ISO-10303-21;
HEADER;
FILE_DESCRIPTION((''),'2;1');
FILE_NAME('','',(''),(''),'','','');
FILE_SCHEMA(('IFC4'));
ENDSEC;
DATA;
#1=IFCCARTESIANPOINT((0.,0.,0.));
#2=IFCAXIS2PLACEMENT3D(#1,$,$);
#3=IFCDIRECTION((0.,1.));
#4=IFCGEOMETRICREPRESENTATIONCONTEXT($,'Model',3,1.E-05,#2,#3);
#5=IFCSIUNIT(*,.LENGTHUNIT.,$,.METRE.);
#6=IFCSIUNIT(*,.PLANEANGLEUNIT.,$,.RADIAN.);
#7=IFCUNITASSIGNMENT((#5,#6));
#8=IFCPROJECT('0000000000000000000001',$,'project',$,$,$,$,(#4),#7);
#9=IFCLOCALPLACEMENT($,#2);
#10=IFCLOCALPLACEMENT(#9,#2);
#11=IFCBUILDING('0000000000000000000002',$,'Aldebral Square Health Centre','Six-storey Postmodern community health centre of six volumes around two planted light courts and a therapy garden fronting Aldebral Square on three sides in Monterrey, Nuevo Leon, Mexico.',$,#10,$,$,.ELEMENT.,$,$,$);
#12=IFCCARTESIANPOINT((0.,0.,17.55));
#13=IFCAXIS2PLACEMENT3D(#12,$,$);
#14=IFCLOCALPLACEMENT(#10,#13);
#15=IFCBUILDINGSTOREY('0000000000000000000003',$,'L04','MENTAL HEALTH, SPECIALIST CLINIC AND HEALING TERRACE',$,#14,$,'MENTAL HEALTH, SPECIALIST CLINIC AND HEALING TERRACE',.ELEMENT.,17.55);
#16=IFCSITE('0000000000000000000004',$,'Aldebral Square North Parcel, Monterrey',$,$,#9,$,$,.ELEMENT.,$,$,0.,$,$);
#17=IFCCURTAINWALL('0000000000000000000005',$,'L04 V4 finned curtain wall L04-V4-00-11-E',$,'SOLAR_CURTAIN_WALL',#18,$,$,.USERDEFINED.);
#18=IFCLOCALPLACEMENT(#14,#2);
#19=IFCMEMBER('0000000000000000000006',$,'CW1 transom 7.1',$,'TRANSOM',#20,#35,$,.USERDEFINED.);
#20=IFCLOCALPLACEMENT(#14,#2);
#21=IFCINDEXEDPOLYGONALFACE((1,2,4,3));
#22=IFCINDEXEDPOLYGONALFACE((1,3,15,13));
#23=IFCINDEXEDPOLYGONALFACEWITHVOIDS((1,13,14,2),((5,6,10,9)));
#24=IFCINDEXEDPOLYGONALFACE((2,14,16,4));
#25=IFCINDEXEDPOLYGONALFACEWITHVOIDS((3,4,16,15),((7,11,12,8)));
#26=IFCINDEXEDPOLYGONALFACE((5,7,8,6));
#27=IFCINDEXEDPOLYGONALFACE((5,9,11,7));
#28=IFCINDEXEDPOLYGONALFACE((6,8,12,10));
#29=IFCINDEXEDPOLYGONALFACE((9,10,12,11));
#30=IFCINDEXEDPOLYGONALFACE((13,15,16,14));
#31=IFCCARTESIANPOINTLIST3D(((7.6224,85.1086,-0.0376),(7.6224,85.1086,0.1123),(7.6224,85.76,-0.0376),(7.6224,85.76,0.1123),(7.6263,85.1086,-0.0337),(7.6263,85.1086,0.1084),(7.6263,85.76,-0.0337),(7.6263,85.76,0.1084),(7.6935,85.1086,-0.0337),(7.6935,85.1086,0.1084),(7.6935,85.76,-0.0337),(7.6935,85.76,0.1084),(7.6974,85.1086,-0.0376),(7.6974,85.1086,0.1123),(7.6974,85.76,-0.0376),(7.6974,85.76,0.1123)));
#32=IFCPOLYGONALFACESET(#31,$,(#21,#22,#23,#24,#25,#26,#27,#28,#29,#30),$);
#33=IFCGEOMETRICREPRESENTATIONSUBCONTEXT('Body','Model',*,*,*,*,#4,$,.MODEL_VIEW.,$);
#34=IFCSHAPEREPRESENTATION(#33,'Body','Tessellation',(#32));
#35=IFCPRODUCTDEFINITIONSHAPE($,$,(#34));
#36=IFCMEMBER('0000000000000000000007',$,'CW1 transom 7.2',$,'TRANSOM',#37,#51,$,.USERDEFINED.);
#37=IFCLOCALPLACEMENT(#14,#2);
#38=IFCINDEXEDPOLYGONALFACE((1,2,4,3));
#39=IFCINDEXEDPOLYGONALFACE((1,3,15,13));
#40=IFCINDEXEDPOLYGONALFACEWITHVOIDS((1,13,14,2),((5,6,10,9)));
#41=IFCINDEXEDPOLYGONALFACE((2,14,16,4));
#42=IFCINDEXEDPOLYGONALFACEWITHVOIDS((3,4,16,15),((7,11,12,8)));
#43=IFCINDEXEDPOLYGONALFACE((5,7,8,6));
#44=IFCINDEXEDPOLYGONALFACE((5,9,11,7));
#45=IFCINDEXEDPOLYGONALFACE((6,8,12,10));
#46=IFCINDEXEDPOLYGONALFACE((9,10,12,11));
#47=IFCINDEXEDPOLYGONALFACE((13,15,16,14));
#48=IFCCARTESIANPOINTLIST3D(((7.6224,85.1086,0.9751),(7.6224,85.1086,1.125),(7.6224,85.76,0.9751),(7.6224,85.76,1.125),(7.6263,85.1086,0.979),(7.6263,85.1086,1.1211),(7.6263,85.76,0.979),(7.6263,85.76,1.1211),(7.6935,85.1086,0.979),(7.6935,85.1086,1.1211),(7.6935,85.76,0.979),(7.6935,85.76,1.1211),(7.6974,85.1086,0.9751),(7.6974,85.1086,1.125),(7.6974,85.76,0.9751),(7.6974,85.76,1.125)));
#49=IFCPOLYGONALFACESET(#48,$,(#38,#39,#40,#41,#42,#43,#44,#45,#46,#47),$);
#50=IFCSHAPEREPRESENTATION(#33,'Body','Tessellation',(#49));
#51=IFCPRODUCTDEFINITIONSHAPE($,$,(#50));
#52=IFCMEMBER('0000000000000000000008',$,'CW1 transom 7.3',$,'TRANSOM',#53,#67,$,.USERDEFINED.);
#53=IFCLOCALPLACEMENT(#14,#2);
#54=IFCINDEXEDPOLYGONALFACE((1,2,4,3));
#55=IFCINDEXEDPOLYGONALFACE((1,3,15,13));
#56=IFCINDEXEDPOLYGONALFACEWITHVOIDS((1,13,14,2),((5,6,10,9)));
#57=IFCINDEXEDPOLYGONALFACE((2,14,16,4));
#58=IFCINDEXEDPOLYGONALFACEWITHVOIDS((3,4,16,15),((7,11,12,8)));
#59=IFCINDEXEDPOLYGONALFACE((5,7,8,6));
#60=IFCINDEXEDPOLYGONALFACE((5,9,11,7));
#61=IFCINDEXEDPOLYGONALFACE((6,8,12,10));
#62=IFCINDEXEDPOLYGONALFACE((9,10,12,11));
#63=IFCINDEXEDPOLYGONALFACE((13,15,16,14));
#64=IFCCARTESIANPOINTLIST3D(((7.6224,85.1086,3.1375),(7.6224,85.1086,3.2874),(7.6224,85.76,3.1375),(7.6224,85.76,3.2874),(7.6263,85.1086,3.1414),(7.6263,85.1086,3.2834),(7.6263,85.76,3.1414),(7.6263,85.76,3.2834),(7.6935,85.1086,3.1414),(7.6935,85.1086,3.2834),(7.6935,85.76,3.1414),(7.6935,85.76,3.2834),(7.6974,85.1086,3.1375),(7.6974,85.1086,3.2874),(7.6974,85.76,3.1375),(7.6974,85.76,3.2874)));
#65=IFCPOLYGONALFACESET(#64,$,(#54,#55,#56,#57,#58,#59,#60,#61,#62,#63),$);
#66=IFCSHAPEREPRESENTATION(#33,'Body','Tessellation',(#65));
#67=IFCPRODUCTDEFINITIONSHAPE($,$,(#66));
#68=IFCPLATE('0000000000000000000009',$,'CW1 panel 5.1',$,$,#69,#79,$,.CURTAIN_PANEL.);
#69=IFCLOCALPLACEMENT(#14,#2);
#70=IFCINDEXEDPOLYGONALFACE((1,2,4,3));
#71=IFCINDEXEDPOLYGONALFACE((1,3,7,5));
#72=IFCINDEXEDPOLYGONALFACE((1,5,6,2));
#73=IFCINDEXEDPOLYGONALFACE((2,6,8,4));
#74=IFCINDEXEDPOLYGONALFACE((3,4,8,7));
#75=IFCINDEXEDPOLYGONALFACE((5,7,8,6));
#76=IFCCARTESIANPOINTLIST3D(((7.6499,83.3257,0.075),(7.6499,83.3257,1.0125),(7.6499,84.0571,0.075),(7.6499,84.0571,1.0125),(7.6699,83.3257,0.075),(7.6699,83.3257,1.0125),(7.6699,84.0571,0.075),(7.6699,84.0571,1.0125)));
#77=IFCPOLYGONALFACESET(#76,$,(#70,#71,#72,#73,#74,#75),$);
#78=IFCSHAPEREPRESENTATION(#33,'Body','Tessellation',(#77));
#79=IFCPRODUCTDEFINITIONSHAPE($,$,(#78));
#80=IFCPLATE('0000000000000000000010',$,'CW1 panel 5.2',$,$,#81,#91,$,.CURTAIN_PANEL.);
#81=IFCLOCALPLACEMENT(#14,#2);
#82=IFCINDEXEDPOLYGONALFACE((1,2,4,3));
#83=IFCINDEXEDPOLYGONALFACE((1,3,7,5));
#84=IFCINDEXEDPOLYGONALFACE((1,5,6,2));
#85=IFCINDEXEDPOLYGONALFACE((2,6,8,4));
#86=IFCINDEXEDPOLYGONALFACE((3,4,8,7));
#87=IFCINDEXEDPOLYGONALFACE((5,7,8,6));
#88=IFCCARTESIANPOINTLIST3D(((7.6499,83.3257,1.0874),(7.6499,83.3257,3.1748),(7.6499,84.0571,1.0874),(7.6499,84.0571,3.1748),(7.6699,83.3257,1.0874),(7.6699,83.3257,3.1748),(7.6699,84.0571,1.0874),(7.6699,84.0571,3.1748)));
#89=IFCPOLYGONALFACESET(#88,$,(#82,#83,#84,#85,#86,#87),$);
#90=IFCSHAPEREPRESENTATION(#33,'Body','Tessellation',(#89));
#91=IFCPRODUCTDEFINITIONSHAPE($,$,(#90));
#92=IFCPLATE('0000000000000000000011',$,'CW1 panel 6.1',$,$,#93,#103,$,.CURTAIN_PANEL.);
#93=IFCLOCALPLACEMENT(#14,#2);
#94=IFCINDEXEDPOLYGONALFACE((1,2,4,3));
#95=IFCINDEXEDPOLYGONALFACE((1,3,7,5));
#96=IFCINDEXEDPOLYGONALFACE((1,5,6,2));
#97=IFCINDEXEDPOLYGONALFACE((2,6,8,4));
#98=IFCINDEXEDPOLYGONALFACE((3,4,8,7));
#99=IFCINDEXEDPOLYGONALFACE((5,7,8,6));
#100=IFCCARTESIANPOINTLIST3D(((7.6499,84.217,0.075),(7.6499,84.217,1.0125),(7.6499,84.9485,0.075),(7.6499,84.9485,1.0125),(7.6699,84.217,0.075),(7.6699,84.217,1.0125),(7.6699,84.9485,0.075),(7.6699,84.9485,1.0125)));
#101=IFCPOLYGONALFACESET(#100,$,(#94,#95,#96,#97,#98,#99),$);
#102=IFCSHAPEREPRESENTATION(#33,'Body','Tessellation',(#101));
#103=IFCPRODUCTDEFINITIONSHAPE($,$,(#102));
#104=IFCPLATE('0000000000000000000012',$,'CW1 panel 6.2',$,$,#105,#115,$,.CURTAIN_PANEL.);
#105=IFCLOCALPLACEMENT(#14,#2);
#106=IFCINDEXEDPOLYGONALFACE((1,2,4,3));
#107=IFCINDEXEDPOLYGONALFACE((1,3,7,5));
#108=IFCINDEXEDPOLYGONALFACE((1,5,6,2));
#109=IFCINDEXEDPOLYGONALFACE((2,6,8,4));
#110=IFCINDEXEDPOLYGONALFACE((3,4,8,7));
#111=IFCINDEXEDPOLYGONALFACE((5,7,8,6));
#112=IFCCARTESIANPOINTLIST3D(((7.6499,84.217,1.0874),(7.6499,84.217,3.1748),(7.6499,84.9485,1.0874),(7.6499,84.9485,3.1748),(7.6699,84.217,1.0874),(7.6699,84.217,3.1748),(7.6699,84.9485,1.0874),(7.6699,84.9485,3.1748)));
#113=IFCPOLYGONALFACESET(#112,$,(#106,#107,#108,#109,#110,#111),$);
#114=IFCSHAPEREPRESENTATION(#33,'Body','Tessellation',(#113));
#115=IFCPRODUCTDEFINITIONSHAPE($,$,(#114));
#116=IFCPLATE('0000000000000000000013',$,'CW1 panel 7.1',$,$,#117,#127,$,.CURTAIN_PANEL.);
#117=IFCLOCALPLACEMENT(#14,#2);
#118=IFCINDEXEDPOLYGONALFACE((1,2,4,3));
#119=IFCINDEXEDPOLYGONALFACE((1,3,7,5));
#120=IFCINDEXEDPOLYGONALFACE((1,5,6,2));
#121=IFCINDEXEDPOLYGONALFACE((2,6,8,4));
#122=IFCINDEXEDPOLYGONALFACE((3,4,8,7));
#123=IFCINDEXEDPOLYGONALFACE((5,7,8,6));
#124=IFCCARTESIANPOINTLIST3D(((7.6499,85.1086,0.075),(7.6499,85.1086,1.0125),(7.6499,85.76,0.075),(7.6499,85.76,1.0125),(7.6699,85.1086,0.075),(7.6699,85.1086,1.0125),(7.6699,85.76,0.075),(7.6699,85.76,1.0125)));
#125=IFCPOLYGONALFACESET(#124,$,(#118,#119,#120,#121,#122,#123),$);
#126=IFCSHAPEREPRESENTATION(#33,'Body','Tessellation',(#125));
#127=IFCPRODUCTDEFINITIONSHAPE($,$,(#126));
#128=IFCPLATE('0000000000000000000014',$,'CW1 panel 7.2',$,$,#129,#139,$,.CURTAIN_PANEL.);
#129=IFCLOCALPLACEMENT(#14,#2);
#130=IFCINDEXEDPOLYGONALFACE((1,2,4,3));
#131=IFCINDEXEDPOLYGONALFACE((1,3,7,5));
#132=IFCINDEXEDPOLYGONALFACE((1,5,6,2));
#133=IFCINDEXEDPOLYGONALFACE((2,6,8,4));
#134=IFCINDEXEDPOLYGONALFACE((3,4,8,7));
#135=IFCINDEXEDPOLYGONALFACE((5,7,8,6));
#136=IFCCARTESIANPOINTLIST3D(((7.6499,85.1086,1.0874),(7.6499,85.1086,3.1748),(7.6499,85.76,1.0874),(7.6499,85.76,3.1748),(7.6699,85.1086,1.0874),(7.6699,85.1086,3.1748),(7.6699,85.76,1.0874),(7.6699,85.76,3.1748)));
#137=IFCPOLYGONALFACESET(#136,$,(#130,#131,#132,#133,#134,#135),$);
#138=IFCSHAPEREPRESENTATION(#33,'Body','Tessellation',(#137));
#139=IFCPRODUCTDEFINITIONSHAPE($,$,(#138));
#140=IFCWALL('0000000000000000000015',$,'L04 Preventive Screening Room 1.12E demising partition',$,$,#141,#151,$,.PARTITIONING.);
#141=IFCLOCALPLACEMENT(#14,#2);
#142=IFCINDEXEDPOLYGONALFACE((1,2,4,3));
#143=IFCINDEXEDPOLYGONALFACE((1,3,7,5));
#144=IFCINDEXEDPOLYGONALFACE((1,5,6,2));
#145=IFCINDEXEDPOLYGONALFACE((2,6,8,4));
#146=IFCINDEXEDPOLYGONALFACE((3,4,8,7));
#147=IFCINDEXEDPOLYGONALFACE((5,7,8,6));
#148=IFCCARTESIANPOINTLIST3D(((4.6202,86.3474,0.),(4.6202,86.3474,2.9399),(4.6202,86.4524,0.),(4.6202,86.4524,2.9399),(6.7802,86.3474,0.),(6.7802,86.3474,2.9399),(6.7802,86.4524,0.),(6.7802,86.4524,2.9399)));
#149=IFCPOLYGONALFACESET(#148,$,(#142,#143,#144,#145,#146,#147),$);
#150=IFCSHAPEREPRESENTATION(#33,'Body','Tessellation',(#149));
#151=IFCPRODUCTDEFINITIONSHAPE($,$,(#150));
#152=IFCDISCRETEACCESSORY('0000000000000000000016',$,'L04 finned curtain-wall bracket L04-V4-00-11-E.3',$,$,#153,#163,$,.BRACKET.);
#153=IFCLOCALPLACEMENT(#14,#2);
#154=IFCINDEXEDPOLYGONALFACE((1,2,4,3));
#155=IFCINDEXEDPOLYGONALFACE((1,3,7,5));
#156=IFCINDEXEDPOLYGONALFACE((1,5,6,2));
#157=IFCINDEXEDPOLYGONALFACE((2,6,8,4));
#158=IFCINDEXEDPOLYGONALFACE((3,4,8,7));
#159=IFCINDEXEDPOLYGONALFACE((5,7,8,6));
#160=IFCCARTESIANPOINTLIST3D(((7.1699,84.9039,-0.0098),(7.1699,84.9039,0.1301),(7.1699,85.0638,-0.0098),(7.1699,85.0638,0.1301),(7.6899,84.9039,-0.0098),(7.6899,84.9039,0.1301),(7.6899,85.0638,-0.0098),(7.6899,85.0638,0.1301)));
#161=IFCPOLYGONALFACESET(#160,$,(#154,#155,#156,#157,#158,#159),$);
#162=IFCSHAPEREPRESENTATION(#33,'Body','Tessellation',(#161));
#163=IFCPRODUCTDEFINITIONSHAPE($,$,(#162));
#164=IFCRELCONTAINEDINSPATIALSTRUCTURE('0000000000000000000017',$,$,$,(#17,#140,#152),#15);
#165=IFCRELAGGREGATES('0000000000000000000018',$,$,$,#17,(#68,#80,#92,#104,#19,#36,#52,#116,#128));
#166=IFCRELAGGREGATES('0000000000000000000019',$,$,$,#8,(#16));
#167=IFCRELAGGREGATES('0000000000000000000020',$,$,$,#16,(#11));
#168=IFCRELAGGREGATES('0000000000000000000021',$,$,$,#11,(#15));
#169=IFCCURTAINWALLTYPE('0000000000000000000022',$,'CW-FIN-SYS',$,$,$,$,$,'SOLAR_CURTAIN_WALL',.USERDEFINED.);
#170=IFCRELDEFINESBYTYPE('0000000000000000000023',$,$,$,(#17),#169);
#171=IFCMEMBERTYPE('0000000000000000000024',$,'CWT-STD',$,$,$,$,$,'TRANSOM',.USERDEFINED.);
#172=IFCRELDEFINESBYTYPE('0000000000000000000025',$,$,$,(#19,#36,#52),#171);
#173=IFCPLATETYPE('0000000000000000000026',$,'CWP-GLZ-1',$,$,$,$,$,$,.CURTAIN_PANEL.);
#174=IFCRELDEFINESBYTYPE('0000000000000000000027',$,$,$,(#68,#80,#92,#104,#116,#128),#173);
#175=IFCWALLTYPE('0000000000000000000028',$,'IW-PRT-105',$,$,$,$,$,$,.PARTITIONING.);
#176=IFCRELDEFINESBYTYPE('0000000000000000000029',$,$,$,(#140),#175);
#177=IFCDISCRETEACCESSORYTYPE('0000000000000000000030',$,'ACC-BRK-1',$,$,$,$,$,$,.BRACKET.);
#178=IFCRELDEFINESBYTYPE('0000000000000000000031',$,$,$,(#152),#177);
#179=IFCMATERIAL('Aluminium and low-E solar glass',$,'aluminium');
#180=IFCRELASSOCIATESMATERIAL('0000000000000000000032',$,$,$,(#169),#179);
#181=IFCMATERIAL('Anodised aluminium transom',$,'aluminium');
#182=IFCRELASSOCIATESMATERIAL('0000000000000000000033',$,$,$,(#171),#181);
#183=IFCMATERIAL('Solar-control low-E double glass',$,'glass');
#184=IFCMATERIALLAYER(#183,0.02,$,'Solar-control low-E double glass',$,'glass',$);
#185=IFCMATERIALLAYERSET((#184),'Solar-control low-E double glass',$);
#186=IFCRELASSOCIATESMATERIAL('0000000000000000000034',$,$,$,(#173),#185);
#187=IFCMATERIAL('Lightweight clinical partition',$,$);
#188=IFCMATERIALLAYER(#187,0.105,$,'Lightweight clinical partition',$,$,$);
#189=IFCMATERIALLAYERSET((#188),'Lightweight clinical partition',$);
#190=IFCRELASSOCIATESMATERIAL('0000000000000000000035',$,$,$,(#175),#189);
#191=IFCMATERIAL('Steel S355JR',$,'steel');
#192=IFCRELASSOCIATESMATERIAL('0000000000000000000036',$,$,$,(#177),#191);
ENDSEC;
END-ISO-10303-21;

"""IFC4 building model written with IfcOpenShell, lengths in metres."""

from ifc_helpers import new_model, si_unit, direction, frame, frame_2d, origin, origin_2d, place, context, subcontext, project, spatial, rectangle, hollow_rectangle, extrude, material, layer, layer_set, material_profile, profile_set, type_object, element, aggregate, save


model = new_model("IFC4")

# Units and contexts
model_context = context("Model", 3, precision=1e-05, world=origin(), true_north=direction((0.0, 1.0)))
body_context = subcontext(model_context, "Body", "Model", "MODEL_VIEW")
ifc_project = project(units=[si_unit("LENGTHUNIT", "METRE"), si_unit("PLANEANGLEUNIT", "RADIAN")], contexts=[model_context])

# Site, building, storey
site_placement = place(None, origin())
site = spatial("IfcSite", under=ifc_project, at=site_placement, Name="Aldebral Square North Parcel, Monterrey", CompositionType="ELEMENT", RefElevation=0.0)
building_placement = place(site_placement, origin())
building = spatial("IfcBuilding", under=site, at=building_placement, Name="Aldebral Square Health Centre", Description="Six-storey Postmodern community health centre of six volumes around two planted light courts and a therapy garden fronting Aldebral Square on three sides in Monterrey, Nuevo Leon, Mexico.", CompositionType="ELEMENT")
storey_placement = place(building_placement, frame((0.0, 0.0, 17.55)))
storey = spatial("IfcBuildingStorey", under=building, at=storey_placement, Name="L04", Description="MENTAL HEALTH, SPECIALIST CLINIC AND HEALING TERRACE", LongName="MENTAL HEALTH, SPECIALIST CLINIC AND HEALING TERRACE", CompositionType="ELEMENT", Elevation=17.55)

# Curtain wall, members, plates
ifc_material_1 = material(Name="Aluminium and low-E solar glass", Category="aluminium")
curtain_wall_type = type_object("IfcCurtainWallType", Name="CW-FIN-SYS", ElementType="SOLAR_CURTAIN_WALL", PredefinedType="USERDEFINED", material=ifc_material_1)
curtain_wall_placement = place(storey_placement, origin())
curtain_wall = element("IfcCurtainWall", 1, at=curtain_wall_placement, inside=storey, type_object=curtain_wall_type, Name="L04 V4 finned curtain wall L04-V4-00-11-E", ObjectType="SOLAR_CURTAIN_WALL", PredefinedType="USERDEFINED")
ifc_material_2 = material(Name="Anodised aluminium transom", Category="aluminium")
ifc_material_profile_1 = material_profile(ifc_material_2, hollow_rectangle(XDim=0.075, YDim=0.1499, WallThickness=0.0039, at=origin_2d()), Name="CWT 75x150x4")
ifc_profile_set_1 = profile_set([ifc_material_profile_1], Name="Anodised aluminium transom")
member_type_1 = type_object("IfcMemberType", Name="CWT-STD", ElementType="TRANSOM", PredefinedType="USERDEFINED", material=ifc_profile_set_1)
member_1_placement = place(storey_placement, frame((7.6599, 85.1086, 0.0374), z_axis=(0.0, 1.0, 0.0), x_axis=(-1.0, 0.0, 0.0)))
member_1 = element("IfcMember", 2, at=member_1_placement, type_object=member_type_1, Name="CW1 transom 7.1", ObjectType="TRANSOM", PredefinedType="USERDEFINED", context=body_context, shape_type="SweptSolid", body=[
    extrude(hollow_rectangle(XDim=0.075, YDim=0.1499, WallThickness=0.0039, at=origin_2d()), origin(), (0.0, 0.0, 1.0), 0.6514),
])
member_2_placement = place(storey_placement, frame((7.6599, 85.1086, 1.05), z_axis=(0.0, 1.0, 0.0), x_axis=(-1.0, 0.0, 0.0)))
member_2 = element("IfcMember", 3, at=member_2_placement, type_object=member_type_1, Name="CW1 transom 7.2", ObjectType="TRANSOM", PredefinedType="USERDEFINED", context=body_context, shape_type="SweptSolid", body=[
    extrude(hollow_rectangle(XDim=0.075, YDim=0.1499, WallThickness=0.0039, at=origin_2d()), origin(), (0.0, 0.0, 1.0), 0.6514),
])
member_3_placement = place(storey_placement, frame((7.6599, 85.1086, 3.2124), z_axis=(0.0, 1.0, 0.0), x_axis=(-1.0, 0.0, 0.0)))
member_3 = element("IfcMember", 4, at=member_3_placement, type_object=member_type_1, Name="CW1 transom 7.3", ObjectType="TRANSOM", PredefinedType="USERDEFINED", context=body_context, shape_type="SweptSolid", body=[
    extrude(hollow_rectangle(XDim=0.075, YDim=0.1499, WallThickness=0.0039, at=origin_2d()), origin(), (0.0, 0.0, 1.0), 0.6514),
])
ifc_material_3 = material(Name="Solar-control low-E double glass", Category="glass")
ifc_layer_1 = layer(ifc_material_3, 0.02, Name="Solar-control low-E double glass", Category="glass")
ifc_layer_set_1 = layer_set([ifc_layer_1], Name="Solar-control low-E double glass")
plate_type = type_object("IfcPlateType", Name="CWP-GLZ-1", PredefinedType="CURTAIN_PANEL", material=ifc_layer_set_1)
plate_1_placement = place(storey_placement, frame((7.6599, 83.6914, 0.075), z_axis=(0.0, 0.0, 1.0), x_axis=(0.0, 1.0, 0.0)))
plate_1 = element("IfcPlate", 5, at=plate_1_placement, type_object=plate_type, Name="CW1 panel 5.1", PredefinedType="CURTAIN_PANEL", context=body_context, shape_type="SweptSolid", body=[
    extrude(rectangle(XDim=0.7314, YDim=0.02, at=origin_2d()), origin(), (0.0, 0.0, 1.0), 0.9375),
])
plate_2_placement = place(storey_placement, frame((7.6599, 83.6914, 1.0874), z_axis=(0.0, 0.0, 1.0), x_axis=(0.0, 1.0, 0.0)))
plate_2 = element("IfcPlate", 6, at=plate_2_placement, type_object=plate_type, Name="CW1 panel 5.2", PredefinedType="CURTAIN_PANEL", context=body_context, shape_type="SweptSolid", body=[
    extrude(rectangle(XDim=0.7314, YDim=0.02, at=origin_2d()), origin(), (0.0, 0.0, 1.0), 2.0874),
])
plate_3_placement = place(storey_placement, frame((7.6599, 84.5828, 0.075), z_axis=(0.0, 0.0, 1.0), x_axis=(0.0, 1.0, 0.0)))
plate_3 = element("IfcPlate", 7, at=plate_3_placement, type_object=plate_type, Name="CW1 panel 6.1", PredefinedType="CURTAIN_PANEL", context=body_context, shape_type="SweptSolid", body=[
    extrude(rectangle(XDim=0.7314, YDim=0.02, at=origin_2d()), origin(), (0.0, 0.0, 1.0), 0.9375),
])
plate_4_placement = place(storey_placement, frame((7.6599, 84.5828, 1.0874), z_axis=(0.0, 0.0, 1.0), x_axis=(0.0, 1.0, 0.0)))
plate_4 = element("IfcPlate", 8, at=plate_4_placement, type_object=plate_type, Name="CW1 panel 6.2", PredefinedType="CURTAIN_PANEL", context=body_context, shape_type="SweptSolid", body=[
    extrude(rectangle(XDim=0.7314, YDim=0.02, at=origin_2d()), origin(), (0.0, 0.0, 1.0), 2.0874),
])
plate_5_placement = place(storey_placement, frame((7.6599, 85.4343, 0.075), z_axis=(0.0, 0.0, 1.0), x_axis=(0.0, 1.0, 0.0)))
plate_5 = element("IfcPlate", 9, at=plate_5_placement, type_object=plate_type, Name="CW1 panel 7.1", PredefinedType="CURTAIN_PANEL", context=body_context, shape_type="SweptSolid", body=[
    extrude(rectangle(XDim=0.6514, YDim=0.02, at=origin_2d()), origin(), (0.0, 0.0, 1.0), 0.9375),
])
plate_6_placement = place(storey_placement, frame((7.6599, 85.4343, 1.0874), z_axis=(0.0, 0.0, 1.0), x_axis=(0.0, 1.0, 0.0)))
plate_6 = element("IfcPlate", 10, at=plate_6_placement, type_object=plate_type, Name="CW1 panel 7.2", PredefinedType="CURTAIN_PANEL", context=body_context, shape_type="SweptSolid", body=[
    extrude(rectangle(XDim=0.6514, YDim=0.02, at=origin_2d()), origin(), (0.0, 0.0, 1.0), 2.0874),
])
aggregate(curtain_wall, [plate_1, plate_2, plate_3, plate_4, member_1, member_2, member_3, plate_5, plate_6])

# Wall
ifc_material_4 = material(Name="Lightweight clinical partition")
ifc_layer_2 = layer(ifc_material_4, 0.105, Name="Lightweight clinical partition")
ifc_layer_set_2 = layer_set([ifc_layer_2], Name="Lightweight clinical partition")
wall_type = type_object("IfcWallType", Name="IW-PRT-105", PredefinedType="PARTITIONING", material=ifc_layer_set_2)
wall_placement = place(storey_placement, frame((4.6201, 86.3999, 0.0), z_axis=(0.0, 0.0, 1.0), x_axis=(1.0, 0.0, 0.0)))
element("IfcWall", 11, at=wall_placement, inside=storey, type_object=wall_type, Name="L04 Preventive Screening Room 1.12E demising partition", PredefinedType="PARTITIONING", context=body_context, shape_type="SweptSolid", body=[
    extrude(rectangle(XDim=2.1599, YDim=0.105, at=frame_2d((1.0801, 0.0))), origin(), (0.0, 0.0, 1.0), 2.9399),
])

# Discrete accessory
ifc_material_5 = material(Name="Steel S355JR", Category="steel")
discrete_accessory_type = type_object("IfcDiscreteAccessoryType", Name="ACC-BRK-1", PredefinedType="BRACKET", material=ifc_material_5)
discrete_accessory_placement = place(storey_placement, frame((7.4299, 84.9839, -0.0098), z_axis=(0.0, 0.0, 1.0), x_axis=(0.0, 1.0, 0.0)))
element("IfcDiscreteAccessory", 12, at=discrete_accessory_placement, inside=storey, type_object=discrete_accessory_type, Name="L04 finned curtain-wall bracket L04-V4-00-11-E.3", PredefinedType="BRACKET", context=body_context, shape_type="SweptSolid", body=[
    extrude(rectangle(XDim=0.1599, YDim=0.52, at=origin_2d()), origin(), (0.0, 0.0, 1.0), 0.1399),
])

save(model, "model.ifc")
